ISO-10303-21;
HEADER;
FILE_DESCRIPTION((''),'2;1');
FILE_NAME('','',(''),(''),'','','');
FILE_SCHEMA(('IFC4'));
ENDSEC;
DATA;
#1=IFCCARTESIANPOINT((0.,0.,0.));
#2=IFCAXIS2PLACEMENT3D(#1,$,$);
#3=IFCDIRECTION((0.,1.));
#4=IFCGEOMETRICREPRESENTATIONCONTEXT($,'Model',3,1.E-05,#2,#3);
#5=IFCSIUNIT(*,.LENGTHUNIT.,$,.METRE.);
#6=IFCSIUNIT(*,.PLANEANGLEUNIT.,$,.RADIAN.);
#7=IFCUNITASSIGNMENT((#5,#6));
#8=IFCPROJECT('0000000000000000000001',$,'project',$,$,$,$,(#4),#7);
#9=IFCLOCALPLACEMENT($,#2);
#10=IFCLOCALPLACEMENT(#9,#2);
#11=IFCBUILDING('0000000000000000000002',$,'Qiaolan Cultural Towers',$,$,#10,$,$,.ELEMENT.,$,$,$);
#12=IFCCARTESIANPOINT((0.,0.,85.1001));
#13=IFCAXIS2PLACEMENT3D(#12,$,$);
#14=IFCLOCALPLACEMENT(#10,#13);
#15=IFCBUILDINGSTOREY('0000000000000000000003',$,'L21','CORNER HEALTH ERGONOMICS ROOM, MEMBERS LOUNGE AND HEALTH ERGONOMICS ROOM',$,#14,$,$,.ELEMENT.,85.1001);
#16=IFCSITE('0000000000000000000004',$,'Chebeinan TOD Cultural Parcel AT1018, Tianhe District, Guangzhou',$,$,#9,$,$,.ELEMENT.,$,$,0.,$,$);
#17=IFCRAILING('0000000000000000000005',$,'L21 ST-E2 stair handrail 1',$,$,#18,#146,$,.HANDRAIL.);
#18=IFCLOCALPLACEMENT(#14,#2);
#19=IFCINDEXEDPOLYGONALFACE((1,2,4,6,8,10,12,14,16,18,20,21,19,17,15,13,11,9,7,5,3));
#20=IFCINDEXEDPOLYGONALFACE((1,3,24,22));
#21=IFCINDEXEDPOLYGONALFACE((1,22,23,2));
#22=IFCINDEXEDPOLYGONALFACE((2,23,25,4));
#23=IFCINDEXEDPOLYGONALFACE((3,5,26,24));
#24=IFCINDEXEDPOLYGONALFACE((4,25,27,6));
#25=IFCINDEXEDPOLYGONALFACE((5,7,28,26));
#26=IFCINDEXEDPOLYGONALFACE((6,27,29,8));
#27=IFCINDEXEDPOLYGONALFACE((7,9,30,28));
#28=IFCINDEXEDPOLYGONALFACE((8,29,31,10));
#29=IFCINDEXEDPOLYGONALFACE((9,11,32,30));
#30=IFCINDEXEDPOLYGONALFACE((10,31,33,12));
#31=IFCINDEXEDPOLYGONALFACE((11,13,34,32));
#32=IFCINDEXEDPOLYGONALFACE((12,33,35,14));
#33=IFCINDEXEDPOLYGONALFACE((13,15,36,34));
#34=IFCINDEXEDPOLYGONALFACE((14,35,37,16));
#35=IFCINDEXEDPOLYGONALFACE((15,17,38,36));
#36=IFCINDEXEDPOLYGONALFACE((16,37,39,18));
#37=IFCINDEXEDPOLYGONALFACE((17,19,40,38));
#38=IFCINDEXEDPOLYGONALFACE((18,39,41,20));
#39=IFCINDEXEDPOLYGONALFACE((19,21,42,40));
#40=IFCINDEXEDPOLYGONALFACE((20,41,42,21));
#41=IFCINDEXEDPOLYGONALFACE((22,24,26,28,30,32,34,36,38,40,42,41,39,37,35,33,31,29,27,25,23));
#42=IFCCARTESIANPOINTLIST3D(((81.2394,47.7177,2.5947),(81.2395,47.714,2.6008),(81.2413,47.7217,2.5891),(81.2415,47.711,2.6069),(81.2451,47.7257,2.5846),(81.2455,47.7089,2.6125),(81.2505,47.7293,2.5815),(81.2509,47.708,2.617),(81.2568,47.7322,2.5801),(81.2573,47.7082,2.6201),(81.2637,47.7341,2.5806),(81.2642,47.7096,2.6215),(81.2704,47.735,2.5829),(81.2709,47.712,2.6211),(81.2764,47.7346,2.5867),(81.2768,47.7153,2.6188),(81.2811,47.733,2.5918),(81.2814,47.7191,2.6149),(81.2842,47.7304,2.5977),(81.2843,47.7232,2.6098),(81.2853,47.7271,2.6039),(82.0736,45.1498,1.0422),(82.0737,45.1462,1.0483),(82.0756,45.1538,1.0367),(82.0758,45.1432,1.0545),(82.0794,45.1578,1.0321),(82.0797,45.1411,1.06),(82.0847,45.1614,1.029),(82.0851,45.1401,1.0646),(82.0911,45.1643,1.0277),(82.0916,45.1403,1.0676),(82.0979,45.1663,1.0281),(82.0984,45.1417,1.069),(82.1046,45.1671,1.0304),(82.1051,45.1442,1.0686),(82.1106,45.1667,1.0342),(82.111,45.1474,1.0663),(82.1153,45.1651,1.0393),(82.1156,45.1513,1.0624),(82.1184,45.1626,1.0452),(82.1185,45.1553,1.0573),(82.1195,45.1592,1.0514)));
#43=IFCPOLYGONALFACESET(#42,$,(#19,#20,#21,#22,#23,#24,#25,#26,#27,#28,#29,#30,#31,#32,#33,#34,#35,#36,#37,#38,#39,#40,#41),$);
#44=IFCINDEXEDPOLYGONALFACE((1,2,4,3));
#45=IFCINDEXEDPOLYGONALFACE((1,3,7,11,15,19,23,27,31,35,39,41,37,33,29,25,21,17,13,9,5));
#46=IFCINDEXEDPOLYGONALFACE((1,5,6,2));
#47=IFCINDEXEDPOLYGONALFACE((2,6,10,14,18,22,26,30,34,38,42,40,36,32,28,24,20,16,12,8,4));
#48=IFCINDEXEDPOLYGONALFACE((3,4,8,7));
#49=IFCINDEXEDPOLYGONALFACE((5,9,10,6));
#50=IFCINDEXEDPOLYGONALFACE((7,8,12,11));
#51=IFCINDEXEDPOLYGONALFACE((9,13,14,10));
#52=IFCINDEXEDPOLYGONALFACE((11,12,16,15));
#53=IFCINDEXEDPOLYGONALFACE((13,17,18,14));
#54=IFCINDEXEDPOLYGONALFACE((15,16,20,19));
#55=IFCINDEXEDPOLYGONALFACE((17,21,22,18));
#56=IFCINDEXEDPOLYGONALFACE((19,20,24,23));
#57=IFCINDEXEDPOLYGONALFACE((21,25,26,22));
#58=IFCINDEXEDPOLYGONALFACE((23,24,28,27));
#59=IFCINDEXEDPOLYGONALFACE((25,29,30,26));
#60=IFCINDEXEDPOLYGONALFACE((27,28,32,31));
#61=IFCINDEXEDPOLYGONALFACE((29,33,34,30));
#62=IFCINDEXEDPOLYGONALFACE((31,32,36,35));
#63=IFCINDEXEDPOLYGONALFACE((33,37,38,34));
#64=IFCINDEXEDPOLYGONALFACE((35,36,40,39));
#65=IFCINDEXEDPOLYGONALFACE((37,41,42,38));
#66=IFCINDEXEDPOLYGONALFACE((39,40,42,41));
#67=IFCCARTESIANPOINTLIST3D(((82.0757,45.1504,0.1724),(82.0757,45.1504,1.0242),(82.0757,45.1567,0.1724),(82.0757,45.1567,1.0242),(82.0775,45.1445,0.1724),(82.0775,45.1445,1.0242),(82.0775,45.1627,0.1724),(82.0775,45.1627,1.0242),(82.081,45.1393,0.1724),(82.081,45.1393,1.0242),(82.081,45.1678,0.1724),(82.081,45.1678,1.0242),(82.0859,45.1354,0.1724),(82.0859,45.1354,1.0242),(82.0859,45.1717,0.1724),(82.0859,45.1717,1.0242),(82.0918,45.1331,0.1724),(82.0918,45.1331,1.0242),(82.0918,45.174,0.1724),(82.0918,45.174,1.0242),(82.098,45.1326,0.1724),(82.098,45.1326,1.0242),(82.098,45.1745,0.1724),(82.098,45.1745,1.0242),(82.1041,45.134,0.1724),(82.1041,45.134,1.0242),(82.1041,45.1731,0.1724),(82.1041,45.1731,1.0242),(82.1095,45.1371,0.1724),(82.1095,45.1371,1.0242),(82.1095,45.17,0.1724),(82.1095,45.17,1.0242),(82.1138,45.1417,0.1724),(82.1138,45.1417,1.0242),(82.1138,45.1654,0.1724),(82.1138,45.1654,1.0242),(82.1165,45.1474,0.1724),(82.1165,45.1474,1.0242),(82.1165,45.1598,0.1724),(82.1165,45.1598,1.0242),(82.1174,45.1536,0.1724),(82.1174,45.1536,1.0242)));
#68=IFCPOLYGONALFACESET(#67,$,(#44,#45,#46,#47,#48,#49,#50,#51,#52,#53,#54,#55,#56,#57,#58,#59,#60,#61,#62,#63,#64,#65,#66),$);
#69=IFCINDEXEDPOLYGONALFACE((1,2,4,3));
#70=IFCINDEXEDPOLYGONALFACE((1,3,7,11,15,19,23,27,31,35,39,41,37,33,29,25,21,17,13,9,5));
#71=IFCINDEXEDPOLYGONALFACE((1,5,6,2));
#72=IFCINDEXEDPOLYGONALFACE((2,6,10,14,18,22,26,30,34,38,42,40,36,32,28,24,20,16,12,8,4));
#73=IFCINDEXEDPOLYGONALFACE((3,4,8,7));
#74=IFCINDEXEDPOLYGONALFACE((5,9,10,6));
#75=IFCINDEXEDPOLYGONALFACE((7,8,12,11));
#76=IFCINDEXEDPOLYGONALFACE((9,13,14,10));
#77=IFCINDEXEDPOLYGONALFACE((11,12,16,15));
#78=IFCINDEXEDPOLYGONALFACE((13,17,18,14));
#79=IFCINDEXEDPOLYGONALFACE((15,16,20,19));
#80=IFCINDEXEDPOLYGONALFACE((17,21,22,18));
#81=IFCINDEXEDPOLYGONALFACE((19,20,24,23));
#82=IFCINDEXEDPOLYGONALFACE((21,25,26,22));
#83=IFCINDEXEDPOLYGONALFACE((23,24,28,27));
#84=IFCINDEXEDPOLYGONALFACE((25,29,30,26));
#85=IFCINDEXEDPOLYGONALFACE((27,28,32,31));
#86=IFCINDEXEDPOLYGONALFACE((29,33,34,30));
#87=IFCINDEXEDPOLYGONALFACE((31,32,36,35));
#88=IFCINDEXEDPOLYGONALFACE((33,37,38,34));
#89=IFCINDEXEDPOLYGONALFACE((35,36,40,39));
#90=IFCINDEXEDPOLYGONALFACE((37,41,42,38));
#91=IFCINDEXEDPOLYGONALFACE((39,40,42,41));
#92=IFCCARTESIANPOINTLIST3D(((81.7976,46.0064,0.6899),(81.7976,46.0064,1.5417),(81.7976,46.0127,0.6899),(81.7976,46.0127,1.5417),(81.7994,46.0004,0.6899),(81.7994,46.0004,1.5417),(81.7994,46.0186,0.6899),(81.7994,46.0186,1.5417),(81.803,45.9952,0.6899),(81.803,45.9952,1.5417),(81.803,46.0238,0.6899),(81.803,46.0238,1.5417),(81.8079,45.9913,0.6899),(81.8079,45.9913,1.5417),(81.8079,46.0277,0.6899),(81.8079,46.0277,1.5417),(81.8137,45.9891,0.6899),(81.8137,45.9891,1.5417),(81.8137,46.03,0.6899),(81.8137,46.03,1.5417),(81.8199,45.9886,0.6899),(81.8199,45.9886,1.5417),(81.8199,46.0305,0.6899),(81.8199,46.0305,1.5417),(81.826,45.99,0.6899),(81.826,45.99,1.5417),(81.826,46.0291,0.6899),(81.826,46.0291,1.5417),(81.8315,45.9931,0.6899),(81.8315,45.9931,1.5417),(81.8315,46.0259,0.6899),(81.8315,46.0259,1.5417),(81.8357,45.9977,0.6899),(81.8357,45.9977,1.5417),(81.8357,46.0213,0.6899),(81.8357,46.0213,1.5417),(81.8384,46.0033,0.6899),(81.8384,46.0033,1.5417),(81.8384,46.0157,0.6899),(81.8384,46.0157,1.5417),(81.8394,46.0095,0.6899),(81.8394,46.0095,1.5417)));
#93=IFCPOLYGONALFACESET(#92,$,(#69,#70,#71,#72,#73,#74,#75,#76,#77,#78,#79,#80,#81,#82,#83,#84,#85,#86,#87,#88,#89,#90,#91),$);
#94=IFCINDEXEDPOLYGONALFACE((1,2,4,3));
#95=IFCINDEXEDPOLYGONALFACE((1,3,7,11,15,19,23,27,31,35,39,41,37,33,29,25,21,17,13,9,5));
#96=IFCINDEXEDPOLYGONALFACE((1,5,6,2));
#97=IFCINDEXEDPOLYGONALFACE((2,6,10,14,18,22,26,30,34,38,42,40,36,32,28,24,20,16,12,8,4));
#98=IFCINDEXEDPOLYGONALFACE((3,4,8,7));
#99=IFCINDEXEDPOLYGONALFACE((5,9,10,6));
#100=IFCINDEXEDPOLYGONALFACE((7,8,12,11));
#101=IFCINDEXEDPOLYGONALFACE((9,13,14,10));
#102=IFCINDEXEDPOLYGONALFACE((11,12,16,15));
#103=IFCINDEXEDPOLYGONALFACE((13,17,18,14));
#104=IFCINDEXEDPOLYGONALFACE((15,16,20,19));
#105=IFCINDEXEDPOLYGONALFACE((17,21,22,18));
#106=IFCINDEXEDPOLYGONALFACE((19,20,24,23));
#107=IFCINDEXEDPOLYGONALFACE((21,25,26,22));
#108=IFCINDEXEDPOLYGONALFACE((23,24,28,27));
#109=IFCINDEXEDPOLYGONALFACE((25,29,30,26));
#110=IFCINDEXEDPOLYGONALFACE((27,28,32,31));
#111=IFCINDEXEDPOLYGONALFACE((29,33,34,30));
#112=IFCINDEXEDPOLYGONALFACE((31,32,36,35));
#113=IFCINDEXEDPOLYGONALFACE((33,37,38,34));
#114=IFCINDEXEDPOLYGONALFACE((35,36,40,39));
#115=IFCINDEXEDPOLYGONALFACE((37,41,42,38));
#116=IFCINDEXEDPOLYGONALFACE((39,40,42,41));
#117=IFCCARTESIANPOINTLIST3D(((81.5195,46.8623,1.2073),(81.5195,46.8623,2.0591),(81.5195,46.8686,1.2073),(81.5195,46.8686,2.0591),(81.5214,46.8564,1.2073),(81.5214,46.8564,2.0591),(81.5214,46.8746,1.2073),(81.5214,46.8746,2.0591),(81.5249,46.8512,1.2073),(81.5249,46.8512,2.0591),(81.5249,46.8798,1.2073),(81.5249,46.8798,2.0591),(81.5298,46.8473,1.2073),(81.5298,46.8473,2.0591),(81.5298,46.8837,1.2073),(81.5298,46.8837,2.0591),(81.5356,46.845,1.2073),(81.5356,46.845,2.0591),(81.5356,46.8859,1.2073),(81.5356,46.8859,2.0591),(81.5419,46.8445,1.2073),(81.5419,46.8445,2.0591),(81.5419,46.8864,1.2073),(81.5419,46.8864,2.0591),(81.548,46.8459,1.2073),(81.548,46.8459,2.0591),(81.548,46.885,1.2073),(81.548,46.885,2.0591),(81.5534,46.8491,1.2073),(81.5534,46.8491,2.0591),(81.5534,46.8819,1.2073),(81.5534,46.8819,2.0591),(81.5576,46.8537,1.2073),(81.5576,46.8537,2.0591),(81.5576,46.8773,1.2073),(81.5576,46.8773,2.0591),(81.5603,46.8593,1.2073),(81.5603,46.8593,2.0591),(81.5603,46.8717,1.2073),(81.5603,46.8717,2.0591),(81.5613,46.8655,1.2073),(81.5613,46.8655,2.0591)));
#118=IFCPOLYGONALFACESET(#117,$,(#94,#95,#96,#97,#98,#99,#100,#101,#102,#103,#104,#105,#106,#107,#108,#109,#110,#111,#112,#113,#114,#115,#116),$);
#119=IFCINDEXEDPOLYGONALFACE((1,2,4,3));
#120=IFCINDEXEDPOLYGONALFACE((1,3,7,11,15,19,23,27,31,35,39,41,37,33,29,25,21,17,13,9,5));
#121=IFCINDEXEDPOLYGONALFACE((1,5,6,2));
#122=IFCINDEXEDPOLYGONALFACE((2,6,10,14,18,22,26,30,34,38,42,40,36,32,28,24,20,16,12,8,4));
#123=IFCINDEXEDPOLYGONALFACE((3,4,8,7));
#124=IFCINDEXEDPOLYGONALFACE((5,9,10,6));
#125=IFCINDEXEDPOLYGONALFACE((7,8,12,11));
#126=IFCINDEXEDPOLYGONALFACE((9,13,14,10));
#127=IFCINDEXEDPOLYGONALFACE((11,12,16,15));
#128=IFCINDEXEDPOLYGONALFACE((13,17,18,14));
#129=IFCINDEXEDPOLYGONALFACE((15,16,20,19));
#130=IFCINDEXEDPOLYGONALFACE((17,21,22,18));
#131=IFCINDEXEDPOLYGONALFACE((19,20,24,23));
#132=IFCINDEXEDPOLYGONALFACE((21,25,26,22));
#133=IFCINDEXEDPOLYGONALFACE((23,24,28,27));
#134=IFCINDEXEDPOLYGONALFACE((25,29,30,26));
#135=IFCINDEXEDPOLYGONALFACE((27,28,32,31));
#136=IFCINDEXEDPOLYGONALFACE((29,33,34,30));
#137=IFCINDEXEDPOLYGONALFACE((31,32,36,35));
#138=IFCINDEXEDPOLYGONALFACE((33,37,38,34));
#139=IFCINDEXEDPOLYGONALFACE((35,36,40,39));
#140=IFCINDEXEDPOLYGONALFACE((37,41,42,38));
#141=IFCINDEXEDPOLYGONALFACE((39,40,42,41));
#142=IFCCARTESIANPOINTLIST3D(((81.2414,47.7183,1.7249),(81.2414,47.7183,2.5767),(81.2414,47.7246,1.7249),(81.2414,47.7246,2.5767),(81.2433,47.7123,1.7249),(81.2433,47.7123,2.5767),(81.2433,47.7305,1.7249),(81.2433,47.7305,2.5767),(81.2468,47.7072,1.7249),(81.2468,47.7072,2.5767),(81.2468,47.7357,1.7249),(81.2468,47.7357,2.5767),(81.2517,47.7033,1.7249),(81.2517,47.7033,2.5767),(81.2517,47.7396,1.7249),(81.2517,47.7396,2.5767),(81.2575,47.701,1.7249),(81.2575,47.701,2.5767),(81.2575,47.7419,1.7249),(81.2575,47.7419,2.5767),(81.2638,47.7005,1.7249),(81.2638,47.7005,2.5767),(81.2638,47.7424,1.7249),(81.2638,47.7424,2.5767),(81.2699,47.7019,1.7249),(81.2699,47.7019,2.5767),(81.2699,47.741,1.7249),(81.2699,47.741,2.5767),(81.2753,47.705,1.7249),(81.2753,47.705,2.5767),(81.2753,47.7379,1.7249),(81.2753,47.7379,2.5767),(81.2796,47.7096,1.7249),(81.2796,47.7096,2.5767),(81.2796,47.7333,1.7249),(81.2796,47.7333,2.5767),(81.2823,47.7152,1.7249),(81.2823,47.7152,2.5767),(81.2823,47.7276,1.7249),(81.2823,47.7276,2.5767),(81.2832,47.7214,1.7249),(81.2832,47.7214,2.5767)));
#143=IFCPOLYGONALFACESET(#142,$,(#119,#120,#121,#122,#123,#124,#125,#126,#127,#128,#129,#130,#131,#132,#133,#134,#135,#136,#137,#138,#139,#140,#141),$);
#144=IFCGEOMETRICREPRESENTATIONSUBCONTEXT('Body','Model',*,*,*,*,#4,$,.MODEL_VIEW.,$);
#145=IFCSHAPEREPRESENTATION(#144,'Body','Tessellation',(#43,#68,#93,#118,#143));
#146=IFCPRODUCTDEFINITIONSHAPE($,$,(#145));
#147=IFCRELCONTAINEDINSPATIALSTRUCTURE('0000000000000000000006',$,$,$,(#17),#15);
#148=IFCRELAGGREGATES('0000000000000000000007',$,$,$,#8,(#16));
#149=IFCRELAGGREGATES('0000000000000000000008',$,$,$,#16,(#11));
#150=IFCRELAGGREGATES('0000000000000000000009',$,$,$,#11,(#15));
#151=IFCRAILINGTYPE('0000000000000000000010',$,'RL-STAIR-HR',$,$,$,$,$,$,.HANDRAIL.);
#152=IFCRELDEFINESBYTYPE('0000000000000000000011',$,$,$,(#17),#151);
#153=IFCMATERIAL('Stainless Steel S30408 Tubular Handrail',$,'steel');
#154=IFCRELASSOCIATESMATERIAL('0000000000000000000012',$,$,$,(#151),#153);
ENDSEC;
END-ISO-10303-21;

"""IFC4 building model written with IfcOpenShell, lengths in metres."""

from ifc_helpers import new_model, si_unit, direction, frame, origin, origin_2d, place, context, subcontext, project, spatial, circle, extrude, material, type_object, element, save


model = new_model("IFC4")

# Units and contexts
model_context = context("Model", 3, precision=1e-05, world=origin(), true_north=direction((0.0, 1.0)))
body_context = subcontext(model_context, "Body", "Model", "MODEL_VIEW")
ifc_project = project(units=[si_unit("LENGTHUNIT", "METRE"), si_unit("PLANEANGLEUNIT", "RADIAN")], contexts=[model_context])

# Site, building, storey
site_placement = place(None, origin())
site = spatial("IfcSite", under=ifc_project, at=site_placement, Name="Chebeinan TOD Cultural Parcel AT1018, Tianhe District, Guangzhou", CompositionType="ELEMENT", RefElevation=0.0)
building_placement = place(site_placement, origin())
building = spatial("IfcBuilding", under=site, at=building_placement, Name="Qiaolan Cultural Towers", CompositionType="ELEMENT")
storey_placement = place(building_placement, frame((0.0, 0.0, 85.1001)))
storey = spatial("IfcBuildingStorey", under=building, at=storey_placement, Name="L21", Description="CORNER HEALTH ERGONOMICS ROOM, MEMBERS LOUNGE AND HEALTH ERGONOMICS ROOM", CompositionType="ELEMENT", Elevation=85.1001)

# Railing
ifc_material_1 = material(Name="Stainless Steel S30408 Tubular Handrail", Category="steel")
railing_type_1 = type_object("IfcRailingType", Name="RL-STAIR-HR", PredefinedType="HANDRAIL", material=ifc_material_1)
railing_1_placement = place(storey_placement, frame((82.0964, 45.1536, 0.1724)))
element("IfcRailing", 1, at=railing_1_placement, inside=storey, type_object=railing_type_1, Name="L21 ST-E2 stair handrail 1", PredefinedType="HANDRAIL", context=body_context, shape_type="SweptSolid", body=[
    extrude(circle(Radius=0.0239, at=origin_2d()), frame((0.0, 0.0, 0.876), z_axis=(-0.267853, 0.824488, 0.498471), x_axis=(-0.95107, -0.308976, 0.0)), (0.0, 0.0, 1.0), 3.1145),
    extrude(circle(Radius=0.021, at=origin_2d()), origin(), (0.0, 0.0, 1.0), 0.8518),
    extrude(circle(Radius=0.021, at=origin_2d()), frame((-0.2781, 0.856, 0.5176)), (0.0, 0.0, 1.0), 0.8518),
    extrude(circle(Radius=0.021, at=origin_2d()), frame((-0.5562, 1.7119, 1.0349)), (0.0, 0.0, 1.0), 0.8518),
    extrude(circle(Radius=0.021, at=origin_2d()), frame((-0.8342, 2.5679, 1.5525)), (0.0, 0.0, 1.0), 0.8518),
])

save(model, "model.ifc")
